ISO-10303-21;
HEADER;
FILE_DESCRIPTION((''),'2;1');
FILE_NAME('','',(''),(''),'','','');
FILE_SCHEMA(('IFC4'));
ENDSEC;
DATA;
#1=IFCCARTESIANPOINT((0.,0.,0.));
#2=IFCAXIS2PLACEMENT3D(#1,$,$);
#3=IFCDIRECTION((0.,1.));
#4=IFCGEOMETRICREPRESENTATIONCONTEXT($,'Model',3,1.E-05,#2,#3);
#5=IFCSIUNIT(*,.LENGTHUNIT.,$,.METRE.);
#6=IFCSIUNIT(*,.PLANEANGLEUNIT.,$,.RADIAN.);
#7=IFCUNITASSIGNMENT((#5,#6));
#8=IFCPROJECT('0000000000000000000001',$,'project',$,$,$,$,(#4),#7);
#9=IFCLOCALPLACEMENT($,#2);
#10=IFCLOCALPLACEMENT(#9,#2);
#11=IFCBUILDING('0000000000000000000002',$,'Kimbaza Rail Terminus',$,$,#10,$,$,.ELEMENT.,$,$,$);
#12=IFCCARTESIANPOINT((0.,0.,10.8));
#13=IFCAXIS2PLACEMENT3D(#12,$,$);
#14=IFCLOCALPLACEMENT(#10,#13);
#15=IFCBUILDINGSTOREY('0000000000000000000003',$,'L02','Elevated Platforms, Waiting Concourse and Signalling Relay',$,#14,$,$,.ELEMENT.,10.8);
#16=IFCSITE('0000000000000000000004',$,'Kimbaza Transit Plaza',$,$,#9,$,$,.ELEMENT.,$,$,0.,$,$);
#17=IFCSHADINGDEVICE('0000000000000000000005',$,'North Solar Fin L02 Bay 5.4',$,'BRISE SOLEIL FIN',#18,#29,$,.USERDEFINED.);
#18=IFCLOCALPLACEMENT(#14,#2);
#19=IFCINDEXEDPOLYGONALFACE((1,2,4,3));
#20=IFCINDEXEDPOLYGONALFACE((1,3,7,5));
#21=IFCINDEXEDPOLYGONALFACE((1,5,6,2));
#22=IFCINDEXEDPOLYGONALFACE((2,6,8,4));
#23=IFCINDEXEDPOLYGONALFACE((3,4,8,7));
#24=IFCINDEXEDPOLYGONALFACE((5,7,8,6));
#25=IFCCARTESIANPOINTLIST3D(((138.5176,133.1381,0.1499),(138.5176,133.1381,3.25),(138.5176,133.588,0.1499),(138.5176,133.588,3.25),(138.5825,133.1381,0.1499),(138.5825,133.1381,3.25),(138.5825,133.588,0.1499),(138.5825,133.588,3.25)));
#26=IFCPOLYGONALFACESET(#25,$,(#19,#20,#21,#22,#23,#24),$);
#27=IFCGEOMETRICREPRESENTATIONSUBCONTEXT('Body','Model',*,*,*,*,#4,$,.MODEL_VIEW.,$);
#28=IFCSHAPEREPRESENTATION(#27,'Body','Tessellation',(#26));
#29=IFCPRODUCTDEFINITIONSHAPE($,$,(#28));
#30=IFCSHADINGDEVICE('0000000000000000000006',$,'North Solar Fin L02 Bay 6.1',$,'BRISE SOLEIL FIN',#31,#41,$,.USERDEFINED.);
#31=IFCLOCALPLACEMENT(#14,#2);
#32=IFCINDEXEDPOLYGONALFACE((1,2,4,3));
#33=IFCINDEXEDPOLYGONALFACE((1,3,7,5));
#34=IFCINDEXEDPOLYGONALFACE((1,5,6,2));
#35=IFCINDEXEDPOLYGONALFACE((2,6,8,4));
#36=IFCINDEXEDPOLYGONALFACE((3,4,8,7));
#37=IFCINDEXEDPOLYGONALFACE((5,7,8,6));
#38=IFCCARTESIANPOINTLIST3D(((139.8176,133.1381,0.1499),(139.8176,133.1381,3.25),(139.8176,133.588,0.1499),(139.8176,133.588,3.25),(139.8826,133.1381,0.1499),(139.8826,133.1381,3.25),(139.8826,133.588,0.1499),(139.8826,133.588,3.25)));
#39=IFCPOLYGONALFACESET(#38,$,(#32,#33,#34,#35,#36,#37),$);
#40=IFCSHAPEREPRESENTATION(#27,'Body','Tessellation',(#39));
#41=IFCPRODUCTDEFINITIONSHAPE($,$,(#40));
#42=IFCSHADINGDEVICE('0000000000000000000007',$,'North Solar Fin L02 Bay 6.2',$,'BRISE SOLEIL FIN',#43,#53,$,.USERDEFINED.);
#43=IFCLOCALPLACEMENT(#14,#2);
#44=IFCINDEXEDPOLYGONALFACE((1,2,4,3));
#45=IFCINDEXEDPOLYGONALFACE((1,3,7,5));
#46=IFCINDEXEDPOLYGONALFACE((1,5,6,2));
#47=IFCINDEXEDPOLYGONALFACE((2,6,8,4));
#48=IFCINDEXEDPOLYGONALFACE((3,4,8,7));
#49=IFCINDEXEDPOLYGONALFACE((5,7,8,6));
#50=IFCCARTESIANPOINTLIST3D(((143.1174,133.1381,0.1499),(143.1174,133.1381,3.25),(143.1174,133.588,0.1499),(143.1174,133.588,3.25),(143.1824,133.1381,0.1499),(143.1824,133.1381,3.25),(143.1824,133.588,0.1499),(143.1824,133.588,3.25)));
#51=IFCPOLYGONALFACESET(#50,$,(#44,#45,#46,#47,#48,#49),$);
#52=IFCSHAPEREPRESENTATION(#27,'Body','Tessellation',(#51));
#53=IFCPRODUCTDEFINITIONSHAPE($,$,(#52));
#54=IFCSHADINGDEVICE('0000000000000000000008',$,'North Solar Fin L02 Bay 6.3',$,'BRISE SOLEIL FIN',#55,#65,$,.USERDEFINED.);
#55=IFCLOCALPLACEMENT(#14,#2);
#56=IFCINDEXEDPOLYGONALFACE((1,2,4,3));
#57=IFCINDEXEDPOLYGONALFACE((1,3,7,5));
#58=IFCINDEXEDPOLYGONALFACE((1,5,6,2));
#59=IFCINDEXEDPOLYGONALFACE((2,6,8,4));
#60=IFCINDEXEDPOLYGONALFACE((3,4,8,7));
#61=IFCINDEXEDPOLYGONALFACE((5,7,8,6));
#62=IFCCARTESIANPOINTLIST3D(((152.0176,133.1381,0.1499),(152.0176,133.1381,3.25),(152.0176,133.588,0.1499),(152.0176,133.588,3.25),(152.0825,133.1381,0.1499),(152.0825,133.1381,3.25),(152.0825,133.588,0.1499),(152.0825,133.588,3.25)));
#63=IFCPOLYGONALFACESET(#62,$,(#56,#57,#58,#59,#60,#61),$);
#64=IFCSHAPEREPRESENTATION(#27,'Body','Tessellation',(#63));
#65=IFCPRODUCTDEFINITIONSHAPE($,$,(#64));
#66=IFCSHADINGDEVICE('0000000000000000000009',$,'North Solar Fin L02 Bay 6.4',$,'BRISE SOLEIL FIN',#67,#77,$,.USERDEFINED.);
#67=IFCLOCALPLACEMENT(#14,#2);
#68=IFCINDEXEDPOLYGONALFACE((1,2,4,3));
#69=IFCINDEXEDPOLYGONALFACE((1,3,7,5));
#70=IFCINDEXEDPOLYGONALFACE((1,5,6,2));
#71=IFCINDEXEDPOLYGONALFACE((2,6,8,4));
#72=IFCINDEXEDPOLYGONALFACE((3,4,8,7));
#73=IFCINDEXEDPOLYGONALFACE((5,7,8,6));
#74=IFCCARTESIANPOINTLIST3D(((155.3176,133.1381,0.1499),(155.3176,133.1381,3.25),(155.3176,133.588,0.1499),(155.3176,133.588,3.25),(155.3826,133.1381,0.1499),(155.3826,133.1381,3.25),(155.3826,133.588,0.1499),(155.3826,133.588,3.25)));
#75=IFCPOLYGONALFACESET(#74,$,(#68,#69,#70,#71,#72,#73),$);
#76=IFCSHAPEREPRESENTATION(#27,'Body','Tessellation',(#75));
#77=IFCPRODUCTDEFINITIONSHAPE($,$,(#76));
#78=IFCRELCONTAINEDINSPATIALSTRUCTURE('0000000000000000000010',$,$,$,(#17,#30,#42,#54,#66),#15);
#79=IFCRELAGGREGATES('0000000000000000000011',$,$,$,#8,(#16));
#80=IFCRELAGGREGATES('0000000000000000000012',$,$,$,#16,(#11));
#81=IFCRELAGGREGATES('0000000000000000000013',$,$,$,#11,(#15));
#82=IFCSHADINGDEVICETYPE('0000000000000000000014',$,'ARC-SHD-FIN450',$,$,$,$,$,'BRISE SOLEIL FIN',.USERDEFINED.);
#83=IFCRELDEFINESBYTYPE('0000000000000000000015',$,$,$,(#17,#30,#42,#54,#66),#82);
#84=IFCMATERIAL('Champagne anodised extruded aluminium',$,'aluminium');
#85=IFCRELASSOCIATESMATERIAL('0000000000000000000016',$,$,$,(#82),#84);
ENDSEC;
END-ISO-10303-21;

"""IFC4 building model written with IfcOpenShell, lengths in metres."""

from ifc_helpers import new_model, si_unit, direction, frame, origin, origin_2d, place, context, subcontext, project, spatial, rectangle, extrude, material, type_object, element, save


model = new_model("IFC4")

# Units and contexts
model_context = context("Model", 3, precision=1e-05, world=origin(), true_north=direction((0.0, 1.0)))
body_context = subcontext(model_context, "Body", "Model", "MODEL_VIEW")
ifc_project = project(units=[si_unit("LENGTHUNIT", "METRE"), si_unit("PLANEANGLEUNIT", "RADIAN")], contexts=[model_context])

# Site, building, storey
site_placement = place(None, origin())
site = spatial("IfcSite", under=ifc_project, at=site_placement, Name="Kimbaza Transit Plaza", CompositionType="ELEMENT", RefElevation=0.0)
building_placement = place(site_placement, origin())
building = spatial("IfcBuilding", under=site, at=building_placement, Name="Kimbaza Rail Terminus", CompositionType="ELEMENT")
storey_placement = place(building_placement, frame((0.0, 0.0, 10.8)))
storey = spatial("IfcBuildingStorey", under=building, at=storey_placement, Name="L02", Description="Elevated Platforms, Waiting Concourse and Signalling Relay", CompositionType="ELEMENT", Elevation=10.8)

# Shading devices
ifc_material_1 = material(Name="Champagne anodised extruded aluminium", Category="aluminium")
shading_device_type = type_object("IfcShadingDeviceType", Name="ARC-SHD-FIN450", ElementType="BRISE SOLEIL FIN", PredefinedType="USERDEFINED", material=ifc_material_1)
for number, where, z_axis, x_axis, name in (
    (1, (138.55, 133.363, 0.1499), (0.0, 0.0, 1.0), (1.0, 0.0, 0.0), "North Solar Fin L02 Bay 5.4"),
    (2, (139.8501, 133.363, 0.1499), (0.0, 0.0, 1.0), (1.0, 0.0, 0.0), "North Solar Fin L02 Bay 6.1"),
    (3, (143.1499, 133.363, 0.1499), (0.0, 0.0, 1.0), (1.0, 0.0, 0.0), "North Solar Fin L02 Bay 6.2"),
    (4, (152.05, 133.363, 0.1499), (0.0, 0.0, 1.0), (1.0, 0.0, 0.0), "North Solar Fin L02 Bay 6.3"),
    (5, (155.3501, 133.363, 0.1499), (0.0, 0.0, 1.0), (1.0, 0.0, 0.0), "North Solar Fin L02 Bay 6.4"),
):
    element("IfcShadingDevice", number, at=place(storey_placement, frame(where, z_axis=z_axis, x_axis=x_axis)), inside=storey, type_object=shading_device_type, Name=name, ObjectType="BRISE SOLEIL FIN", PredefinedType="USERDEFINED", context=body_context, shape_type="SweptSolid", body=[
        extrude(rectangle(XDim=0.0649, YDim=0.45, at=origin_2d()), origin(), (0.0, 0.0, 1.0), 3.1001),
    ])

save(model, "model.ifc")
